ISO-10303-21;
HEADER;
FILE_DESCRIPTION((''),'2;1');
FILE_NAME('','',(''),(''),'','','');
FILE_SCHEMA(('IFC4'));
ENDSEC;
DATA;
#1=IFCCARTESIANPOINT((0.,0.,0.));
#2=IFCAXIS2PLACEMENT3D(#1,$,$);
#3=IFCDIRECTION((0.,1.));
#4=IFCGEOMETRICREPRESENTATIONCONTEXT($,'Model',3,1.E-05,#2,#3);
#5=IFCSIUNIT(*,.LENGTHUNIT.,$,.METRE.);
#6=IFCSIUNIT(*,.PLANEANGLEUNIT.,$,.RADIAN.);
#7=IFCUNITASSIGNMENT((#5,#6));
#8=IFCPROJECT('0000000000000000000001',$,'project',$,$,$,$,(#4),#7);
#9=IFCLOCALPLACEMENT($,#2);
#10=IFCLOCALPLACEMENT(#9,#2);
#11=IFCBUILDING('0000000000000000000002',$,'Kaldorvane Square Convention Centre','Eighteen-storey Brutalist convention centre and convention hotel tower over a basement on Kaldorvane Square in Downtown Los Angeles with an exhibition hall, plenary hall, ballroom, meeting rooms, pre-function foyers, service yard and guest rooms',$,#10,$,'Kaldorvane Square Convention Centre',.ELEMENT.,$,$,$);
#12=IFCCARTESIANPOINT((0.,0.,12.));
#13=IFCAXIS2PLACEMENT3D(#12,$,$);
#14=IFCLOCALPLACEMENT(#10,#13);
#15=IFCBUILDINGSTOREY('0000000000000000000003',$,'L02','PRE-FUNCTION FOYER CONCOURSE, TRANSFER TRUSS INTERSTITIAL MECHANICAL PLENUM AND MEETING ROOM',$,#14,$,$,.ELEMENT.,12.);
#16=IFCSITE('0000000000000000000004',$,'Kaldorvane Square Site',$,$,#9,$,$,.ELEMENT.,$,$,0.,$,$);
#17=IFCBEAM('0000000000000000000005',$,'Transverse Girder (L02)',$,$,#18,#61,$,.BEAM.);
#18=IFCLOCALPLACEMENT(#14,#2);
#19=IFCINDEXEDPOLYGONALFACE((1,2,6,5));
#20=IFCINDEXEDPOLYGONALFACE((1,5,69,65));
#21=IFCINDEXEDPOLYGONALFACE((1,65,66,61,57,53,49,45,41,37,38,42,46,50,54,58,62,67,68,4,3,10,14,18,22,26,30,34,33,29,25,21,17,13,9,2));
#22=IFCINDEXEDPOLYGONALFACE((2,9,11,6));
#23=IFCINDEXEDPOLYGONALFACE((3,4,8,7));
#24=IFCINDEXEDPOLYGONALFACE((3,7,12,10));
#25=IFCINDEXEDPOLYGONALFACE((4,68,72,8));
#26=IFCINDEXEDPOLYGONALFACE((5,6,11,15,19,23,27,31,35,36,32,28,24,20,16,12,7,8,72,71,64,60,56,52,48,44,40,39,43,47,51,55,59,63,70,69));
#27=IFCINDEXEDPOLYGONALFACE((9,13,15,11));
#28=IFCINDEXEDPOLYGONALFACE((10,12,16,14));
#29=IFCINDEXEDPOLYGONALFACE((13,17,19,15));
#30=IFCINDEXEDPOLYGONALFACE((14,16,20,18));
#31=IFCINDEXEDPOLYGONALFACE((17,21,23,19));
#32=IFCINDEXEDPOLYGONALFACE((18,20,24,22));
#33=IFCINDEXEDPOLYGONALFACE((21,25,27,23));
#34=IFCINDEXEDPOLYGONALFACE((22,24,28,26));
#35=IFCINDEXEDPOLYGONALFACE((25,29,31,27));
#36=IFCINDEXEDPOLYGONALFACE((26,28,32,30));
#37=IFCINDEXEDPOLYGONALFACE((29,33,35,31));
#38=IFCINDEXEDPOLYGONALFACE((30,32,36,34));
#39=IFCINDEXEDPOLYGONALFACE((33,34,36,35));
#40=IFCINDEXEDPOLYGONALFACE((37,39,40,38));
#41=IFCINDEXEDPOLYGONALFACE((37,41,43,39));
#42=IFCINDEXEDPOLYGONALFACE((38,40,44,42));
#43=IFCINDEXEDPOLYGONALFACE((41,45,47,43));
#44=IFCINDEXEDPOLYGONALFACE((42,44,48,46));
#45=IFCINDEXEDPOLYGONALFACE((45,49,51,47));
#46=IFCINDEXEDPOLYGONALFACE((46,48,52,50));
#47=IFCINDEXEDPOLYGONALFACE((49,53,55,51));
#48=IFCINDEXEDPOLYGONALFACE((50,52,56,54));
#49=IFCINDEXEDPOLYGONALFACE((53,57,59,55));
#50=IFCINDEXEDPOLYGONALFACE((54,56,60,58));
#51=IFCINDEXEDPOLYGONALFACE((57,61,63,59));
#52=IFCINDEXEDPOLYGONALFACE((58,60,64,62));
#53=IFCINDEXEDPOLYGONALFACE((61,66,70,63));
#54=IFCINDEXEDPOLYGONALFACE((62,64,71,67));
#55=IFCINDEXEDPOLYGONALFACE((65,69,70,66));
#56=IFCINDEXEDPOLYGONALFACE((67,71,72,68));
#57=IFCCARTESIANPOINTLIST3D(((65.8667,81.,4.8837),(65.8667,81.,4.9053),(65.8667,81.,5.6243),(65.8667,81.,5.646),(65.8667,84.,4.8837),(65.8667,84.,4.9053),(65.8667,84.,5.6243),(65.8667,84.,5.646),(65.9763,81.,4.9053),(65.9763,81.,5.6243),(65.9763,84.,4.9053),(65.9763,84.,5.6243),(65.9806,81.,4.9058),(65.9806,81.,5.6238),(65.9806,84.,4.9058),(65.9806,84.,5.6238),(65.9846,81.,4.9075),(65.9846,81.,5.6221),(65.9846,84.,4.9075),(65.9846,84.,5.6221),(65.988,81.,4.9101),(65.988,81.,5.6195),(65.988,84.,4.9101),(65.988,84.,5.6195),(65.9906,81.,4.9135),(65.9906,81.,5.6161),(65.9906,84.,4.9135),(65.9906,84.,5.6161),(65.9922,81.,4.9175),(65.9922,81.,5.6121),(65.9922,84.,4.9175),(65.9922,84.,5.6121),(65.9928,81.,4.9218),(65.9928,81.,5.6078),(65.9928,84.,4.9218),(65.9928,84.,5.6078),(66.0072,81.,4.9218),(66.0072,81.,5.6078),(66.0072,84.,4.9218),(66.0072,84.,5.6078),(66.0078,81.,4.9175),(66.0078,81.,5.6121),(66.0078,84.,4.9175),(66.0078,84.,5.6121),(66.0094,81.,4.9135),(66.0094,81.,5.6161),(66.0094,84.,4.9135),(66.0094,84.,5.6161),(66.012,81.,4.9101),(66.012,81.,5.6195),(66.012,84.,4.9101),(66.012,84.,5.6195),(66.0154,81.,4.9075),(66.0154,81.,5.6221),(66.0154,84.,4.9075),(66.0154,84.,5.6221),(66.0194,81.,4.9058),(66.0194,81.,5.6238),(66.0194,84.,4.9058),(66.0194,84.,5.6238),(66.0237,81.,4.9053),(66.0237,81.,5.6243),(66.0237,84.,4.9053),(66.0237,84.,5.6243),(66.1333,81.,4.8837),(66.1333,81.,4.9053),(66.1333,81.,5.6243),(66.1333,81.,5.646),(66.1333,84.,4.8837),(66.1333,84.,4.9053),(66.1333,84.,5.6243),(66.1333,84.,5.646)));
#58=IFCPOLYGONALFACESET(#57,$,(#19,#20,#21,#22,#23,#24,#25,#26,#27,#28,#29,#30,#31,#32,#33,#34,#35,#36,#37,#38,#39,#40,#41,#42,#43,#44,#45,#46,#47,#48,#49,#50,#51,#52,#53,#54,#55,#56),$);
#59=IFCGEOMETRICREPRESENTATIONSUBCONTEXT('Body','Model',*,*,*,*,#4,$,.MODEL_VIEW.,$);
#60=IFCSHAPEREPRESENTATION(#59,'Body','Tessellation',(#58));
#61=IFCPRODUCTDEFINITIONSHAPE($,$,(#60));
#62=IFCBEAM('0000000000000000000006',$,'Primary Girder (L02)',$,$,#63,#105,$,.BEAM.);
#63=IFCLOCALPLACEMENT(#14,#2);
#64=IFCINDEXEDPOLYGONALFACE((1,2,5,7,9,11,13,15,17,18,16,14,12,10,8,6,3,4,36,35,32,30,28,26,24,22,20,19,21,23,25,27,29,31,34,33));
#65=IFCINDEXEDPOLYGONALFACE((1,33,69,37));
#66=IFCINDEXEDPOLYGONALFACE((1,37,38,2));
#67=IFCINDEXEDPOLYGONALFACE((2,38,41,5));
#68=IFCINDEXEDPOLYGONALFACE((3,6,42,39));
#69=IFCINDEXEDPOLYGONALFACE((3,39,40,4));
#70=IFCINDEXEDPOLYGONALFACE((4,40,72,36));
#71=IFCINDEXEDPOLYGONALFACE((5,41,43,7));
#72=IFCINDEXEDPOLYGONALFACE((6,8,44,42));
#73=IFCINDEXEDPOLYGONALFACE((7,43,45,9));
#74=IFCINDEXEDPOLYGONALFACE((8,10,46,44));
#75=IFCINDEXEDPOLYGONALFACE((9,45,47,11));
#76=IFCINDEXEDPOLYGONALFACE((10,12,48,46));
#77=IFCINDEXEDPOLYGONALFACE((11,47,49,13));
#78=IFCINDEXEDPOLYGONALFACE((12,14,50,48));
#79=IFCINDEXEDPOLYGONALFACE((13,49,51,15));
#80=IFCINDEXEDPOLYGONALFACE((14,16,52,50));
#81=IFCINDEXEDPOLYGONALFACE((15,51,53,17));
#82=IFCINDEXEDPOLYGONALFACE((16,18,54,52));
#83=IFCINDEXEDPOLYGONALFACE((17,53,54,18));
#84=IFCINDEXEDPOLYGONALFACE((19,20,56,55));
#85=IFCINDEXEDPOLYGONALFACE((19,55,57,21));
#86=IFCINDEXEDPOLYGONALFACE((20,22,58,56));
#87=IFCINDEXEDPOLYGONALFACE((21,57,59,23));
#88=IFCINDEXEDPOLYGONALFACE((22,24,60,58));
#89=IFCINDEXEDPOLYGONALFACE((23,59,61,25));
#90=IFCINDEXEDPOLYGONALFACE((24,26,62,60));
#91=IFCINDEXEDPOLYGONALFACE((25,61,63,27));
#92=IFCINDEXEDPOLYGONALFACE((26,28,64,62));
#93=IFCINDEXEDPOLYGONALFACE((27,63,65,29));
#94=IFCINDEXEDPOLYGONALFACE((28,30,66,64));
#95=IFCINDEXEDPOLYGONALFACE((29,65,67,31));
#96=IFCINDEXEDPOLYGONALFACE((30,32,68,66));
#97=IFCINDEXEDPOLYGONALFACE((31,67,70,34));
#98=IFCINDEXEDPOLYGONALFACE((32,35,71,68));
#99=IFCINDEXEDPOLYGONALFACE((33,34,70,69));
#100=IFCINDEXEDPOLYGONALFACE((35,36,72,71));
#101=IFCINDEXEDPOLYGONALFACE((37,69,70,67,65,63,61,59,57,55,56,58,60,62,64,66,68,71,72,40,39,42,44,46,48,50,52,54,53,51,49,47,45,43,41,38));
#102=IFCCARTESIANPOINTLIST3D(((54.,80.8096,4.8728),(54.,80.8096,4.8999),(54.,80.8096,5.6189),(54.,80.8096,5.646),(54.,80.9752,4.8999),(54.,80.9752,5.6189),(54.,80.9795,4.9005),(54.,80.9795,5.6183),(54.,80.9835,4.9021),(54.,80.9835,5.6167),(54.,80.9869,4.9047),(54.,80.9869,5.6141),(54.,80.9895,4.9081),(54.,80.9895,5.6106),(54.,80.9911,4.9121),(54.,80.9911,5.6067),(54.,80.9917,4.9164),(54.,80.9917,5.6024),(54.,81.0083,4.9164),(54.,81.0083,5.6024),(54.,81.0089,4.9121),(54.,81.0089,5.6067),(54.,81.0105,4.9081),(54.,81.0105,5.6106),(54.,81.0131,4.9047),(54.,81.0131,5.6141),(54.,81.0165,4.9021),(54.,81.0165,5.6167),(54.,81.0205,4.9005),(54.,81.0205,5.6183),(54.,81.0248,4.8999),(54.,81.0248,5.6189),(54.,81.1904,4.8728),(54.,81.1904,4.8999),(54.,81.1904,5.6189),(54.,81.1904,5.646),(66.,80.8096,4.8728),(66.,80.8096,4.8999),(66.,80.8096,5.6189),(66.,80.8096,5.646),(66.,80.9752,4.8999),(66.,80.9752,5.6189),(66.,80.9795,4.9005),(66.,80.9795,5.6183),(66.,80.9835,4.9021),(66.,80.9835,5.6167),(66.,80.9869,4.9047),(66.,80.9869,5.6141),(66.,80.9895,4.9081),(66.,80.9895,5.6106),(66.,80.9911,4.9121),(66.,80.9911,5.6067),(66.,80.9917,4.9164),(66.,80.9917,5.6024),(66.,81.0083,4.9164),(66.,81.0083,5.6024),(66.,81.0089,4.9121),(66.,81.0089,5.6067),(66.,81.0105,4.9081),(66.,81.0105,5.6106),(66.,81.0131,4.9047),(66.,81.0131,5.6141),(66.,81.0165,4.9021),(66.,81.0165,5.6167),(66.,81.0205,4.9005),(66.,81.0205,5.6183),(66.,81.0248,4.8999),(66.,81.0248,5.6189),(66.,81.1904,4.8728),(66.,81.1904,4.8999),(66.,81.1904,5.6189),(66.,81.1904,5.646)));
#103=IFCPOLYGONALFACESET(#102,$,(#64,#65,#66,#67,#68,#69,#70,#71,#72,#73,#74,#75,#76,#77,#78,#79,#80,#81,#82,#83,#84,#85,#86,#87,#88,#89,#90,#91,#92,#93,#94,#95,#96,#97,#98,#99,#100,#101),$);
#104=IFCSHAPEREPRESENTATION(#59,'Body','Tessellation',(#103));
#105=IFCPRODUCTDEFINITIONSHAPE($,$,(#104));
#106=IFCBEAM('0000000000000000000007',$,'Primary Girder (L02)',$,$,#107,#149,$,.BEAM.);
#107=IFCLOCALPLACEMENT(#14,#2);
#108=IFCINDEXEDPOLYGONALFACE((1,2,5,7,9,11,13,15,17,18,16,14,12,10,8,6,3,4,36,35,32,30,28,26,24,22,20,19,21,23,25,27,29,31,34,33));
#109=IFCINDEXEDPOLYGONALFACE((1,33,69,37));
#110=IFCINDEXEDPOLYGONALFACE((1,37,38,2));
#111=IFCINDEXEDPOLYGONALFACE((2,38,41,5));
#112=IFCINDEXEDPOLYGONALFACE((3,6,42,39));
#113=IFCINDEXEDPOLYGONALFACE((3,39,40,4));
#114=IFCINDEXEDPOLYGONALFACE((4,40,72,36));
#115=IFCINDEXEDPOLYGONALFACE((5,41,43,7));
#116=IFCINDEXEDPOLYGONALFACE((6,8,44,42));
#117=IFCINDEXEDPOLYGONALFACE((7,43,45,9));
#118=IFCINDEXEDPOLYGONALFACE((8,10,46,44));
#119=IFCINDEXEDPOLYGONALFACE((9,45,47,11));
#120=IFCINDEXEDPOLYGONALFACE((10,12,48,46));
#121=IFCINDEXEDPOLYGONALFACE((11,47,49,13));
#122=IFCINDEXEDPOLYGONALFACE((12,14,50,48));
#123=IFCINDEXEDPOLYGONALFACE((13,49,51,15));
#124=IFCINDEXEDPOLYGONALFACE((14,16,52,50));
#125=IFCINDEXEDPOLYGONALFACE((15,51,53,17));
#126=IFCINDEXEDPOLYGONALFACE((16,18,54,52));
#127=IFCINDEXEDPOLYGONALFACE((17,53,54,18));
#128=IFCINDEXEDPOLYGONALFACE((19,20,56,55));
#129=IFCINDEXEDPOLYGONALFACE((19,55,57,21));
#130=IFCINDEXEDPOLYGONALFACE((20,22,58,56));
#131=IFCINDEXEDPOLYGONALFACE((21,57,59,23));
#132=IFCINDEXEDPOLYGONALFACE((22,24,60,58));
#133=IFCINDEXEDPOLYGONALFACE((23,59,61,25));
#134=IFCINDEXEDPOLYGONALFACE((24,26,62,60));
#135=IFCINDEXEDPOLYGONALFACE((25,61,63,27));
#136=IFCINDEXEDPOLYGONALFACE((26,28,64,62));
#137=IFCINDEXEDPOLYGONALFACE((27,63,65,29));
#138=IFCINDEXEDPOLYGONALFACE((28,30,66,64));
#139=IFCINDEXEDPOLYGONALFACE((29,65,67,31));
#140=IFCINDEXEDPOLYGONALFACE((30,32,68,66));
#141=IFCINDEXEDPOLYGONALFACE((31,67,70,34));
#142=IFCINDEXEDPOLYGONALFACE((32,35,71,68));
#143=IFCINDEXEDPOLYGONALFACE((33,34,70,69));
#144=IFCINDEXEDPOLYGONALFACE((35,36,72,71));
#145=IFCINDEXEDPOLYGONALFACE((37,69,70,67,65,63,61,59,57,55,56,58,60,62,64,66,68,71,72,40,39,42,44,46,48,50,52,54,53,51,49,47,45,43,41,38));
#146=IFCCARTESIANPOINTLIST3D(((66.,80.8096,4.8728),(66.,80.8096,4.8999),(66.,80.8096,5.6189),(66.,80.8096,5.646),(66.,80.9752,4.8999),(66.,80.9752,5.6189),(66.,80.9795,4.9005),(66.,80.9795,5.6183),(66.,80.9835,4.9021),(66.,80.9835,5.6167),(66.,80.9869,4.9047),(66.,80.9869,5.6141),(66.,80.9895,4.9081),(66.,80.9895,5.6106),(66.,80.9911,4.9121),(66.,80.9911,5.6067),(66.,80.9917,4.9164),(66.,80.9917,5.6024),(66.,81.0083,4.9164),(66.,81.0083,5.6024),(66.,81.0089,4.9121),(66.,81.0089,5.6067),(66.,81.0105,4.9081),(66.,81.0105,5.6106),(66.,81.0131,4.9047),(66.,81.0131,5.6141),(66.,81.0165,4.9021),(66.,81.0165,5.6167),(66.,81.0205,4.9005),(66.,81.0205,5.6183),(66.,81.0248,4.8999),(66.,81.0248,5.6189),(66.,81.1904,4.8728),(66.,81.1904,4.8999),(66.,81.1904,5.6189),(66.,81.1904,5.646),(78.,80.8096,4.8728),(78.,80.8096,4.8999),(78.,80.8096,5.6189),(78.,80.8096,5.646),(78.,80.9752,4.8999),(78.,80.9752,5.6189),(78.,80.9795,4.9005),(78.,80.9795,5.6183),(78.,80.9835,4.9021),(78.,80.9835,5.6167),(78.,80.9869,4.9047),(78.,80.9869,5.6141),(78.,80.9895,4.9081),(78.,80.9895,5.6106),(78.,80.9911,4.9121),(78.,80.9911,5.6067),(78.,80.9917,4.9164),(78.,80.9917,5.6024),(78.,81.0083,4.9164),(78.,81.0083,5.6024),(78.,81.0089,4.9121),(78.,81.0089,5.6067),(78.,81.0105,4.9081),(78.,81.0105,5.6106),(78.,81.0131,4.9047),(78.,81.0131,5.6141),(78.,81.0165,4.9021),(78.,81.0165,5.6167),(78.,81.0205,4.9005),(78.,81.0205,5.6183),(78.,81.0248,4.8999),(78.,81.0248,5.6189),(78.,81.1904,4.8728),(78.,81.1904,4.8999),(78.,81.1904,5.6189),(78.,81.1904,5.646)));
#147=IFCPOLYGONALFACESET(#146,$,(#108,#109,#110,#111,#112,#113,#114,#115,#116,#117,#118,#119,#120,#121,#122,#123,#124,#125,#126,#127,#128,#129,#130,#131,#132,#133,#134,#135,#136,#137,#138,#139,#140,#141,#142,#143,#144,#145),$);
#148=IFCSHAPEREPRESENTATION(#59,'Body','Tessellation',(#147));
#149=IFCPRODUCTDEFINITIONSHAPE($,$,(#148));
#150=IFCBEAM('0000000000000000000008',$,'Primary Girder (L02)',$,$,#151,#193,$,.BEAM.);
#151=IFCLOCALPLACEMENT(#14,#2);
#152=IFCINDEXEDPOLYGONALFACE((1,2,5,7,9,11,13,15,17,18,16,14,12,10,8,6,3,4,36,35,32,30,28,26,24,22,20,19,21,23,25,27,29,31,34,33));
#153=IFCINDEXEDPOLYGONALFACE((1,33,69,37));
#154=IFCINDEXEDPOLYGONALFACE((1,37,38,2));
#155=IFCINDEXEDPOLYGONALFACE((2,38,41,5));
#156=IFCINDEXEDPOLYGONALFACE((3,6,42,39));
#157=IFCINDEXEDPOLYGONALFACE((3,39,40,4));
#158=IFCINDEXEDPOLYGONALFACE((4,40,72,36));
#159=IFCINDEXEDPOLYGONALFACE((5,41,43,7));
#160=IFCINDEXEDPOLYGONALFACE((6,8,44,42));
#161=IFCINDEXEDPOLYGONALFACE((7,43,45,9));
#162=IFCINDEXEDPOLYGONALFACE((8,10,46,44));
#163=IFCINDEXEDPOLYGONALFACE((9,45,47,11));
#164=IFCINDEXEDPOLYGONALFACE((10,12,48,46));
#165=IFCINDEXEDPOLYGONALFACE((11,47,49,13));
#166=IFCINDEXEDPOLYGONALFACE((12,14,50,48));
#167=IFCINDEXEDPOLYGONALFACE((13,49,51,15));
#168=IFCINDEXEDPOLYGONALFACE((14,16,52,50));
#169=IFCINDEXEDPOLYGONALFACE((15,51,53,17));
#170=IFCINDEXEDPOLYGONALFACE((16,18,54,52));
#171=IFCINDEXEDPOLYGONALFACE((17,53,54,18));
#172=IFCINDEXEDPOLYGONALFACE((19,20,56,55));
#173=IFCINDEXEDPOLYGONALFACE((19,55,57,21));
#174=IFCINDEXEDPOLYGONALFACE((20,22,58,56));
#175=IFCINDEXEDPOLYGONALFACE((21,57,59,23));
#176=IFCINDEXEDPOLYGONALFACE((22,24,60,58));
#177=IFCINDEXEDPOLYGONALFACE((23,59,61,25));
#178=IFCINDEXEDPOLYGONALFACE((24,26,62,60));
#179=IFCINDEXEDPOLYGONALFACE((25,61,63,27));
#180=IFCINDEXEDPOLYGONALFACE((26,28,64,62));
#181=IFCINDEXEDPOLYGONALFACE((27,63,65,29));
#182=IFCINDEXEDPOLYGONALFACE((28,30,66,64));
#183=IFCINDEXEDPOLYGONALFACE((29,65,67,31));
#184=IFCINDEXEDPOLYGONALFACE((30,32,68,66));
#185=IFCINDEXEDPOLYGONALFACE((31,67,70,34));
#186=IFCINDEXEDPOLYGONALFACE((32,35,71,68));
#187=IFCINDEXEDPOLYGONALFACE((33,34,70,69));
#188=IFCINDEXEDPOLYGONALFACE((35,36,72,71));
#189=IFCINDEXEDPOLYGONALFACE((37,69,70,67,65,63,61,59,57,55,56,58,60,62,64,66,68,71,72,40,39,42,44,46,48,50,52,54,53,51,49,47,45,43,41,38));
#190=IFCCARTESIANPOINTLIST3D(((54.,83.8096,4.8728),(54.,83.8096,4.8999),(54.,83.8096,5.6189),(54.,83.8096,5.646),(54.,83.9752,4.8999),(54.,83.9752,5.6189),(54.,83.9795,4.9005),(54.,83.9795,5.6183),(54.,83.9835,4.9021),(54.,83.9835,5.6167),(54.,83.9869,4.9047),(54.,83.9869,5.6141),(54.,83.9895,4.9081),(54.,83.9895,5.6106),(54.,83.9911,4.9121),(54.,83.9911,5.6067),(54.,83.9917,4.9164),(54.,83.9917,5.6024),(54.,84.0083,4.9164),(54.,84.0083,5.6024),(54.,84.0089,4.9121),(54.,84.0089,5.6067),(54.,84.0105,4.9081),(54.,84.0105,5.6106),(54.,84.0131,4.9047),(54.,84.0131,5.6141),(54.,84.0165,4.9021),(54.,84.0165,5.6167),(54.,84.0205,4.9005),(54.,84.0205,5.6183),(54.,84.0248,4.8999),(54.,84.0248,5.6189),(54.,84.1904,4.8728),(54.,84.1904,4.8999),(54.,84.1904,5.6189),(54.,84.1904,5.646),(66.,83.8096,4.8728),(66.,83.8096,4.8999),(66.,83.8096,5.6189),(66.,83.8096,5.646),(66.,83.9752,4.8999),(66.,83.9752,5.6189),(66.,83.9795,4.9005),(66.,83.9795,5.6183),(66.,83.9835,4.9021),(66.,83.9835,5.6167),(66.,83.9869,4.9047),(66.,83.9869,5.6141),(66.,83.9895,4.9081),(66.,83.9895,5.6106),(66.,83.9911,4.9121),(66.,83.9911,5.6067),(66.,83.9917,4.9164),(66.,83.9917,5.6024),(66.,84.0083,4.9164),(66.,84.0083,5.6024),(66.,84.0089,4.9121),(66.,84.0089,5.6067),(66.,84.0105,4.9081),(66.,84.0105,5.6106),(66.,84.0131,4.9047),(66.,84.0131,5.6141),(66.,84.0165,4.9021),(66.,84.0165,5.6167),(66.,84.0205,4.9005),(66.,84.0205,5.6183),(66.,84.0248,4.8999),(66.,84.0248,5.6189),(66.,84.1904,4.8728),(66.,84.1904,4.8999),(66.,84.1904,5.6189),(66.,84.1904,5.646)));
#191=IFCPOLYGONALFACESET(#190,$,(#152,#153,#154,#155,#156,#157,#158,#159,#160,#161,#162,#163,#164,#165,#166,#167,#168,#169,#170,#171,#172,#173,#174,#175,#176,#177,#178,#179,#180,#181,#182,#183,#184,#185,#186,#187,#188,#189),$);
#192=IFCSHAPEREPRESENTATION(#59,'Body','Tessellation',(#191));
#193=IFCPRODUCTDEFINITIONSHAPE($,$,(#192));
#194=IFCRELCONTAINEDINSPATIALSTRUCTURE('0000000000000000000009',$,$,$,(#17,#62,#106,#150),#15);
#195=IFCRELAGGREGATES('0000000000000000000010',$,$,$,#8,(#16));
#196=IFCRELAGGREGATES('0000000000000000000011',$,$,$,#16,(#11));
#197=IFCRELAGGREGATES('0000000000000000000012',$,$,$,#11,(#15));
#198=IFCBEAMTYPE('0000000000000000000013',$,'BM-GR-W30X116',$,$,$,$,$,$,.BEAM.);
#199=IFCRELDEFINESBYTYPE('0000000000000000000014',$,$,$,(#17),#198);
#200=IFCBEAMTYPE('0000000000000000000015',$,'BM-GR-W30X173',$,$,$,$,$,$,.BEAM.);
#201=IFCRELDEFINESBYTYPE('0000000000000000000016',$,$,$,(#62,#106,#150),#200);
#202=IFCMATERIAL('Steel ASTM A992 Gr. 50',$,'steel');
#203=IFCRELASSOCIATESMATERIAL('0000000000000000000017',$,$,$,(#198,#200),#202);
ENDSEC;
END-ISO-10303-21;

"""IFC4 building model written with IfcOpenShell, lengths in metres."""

from ifc_helpers import new_model, si_unit, direction, frame, origin, origin_2d, place, context, subcontext, project, spatial, i_section, extrude, material, material_profile, profile_set, type_object, element, save


model = new_model("IFC4")

# Units and contexts
model_context = context("Model", 3, precision=1e-05, world=origin(), true_north=direction((0.0, 1.0)))
body_context = subcontext(model_context, "Body", "Model", "MODEL_VIEW")
ifc_project = project(units=[si_unit("LENGTHUNIT", "METRE"), si_unit("PLANEANGLEUNIT", "RADIAN")], contexts=[model_context])

# Site, building, storey
site_placement = place(None, origin())
site = spatial("IfcSite", under=ifc_project, at=site_placement, Name="Kaldorvane Square Site", CompositionType="ELEMENT", RefElevation=0.0)
building_placement = place(site_placement, origin())
building = spatial("IfcBuilding", under=site, at=building_placement, Name="Kaldorvane Square Convention Centre", Description="Eighteen-storey Brutalist convention centre and convention hotel tower over a basement on Kaldorvane Square in Downtown Los Angeles with an exhibition hall, plenary hall, ballroom, meeting rooms, pre-function foyers, service yard and guest rooms", LongName="Kaldorvane Square Convention Centre", CompositionType="ELEMENT")
storey_placement = place(building_placement, frame((0.0, 0.0, 12.0)))
storey = spatial("IfcBuildingStorey", under=building, at=storey_placement, Name="L02", Description="PRE-FUNCTION FOYER CONCOURSE, TRANSFER TRUSS INTERSTITIAL MECHANICAL PLENUM AND MEETING ROOM", CompositionType="ELEMENT", Elevation=12.0)

# Shared definitions
ifc_material_1 = material(Name="Steel ASTM A992 Gr. 50", Category="steel")

# Beams
ifc_material_profile_1 = material_profile(ifc_material_1, i_section(OverallWidth=0.2666, OverallDepth=0.7623, WebThickness=0.0144, FlangeThickness=0.0216, FilletRadius=0.0165, at=origin_2d()), Name="W30X116")
ifc_profile_set_1 = profile_set([ifc_material_profile_1], Name="Steel ASTM A992 Gr. 50")
beam_type_1 = type_object("IfcBeamType", Name="BM-GR-W30X116", PredefinedType="BEAM", material=ifc_profile_set_1)
for number, where, z_axis, x_axis, name in (
    (1, (66.0, 81.0, 5.2648), (0.0, 1.0, 0.0), (-1.0, 0.0, 0.0), "Transverse Girder (L02)"),
):
    element("IfcBeam", number, at=place(storey_placement, frame(where, z_axis=z_axis, x_axis=x_axis)), inside=storey, type_object=beam_type_1, Name=name, PredefinedType="BEAM", context=body_context, shape_type="SweptSolid", body=[
        extrude(i_section(OverallWidth=0.2666, OverallDepth=0.7623, WebThickness=0.0144, FlangeThickness=0.0216, FilletRadius=0.0165, at=origin_2d()), origin(), (0.0, 0.0, 1.0), 3.0),
    ])
ifc_material_profile_2 = material_profile(ifc_material_1, i_section(OverallWidth=0.3807, OverallDepth=0.7732, WebThickness=0.0166, FlangeThickness=0.0271, FilletRadius=0.0165, at=origin_2d()), Name="W30X173")
ifc_profile_set_2 = profile_set([ifc_material_profile_2], Name="Steel ASTM A992 Gr. 50")
beam_type_2 = type_object("IfcBeamType", Name="BM-GR-W30X173", PredefinedType="BEAM", material=ifc_profile_set_2)
for number, where, z_axis, x_axis, name in (
    (2, (54.0, 81.0, 5.2594), (1.0, 0.0, 0.0), (0.0, 1.0, 0.0), "Primary Girder (L02)"),
    (3, (66.0, 81.0, 5.2594), (1.0, 0.0, 0.0), (0.0, 1.0, 0.0), "Primary Girder (L02)"),
    (4, (54.0, 84.0, 5.2594), (1.0, 0.0, 0.0), (0.0, 1.0, 0.0), "Primary Girder (L02)"),
):
    element("IfcBeam", number, at=place(storey_placement, frame(where, z_axis=z_axis, x_axis=x_axis)), inside=storey, type_object=beam_type_2, Name=name, PredefinedType="BEAM", context=body_context, shape_type="SweptSolid", body=[
        extrude(i_section(OverallWidth=0.3807, OverallDepth=0.7732, WebThickness=0.0166, FlangeThickness=0.0271, FilletRadius=0.0165, at=origin_2d()), origin(), (0.0, 0.0, 1.0), 12.0),
    ])

save(model, "model.ifc")
